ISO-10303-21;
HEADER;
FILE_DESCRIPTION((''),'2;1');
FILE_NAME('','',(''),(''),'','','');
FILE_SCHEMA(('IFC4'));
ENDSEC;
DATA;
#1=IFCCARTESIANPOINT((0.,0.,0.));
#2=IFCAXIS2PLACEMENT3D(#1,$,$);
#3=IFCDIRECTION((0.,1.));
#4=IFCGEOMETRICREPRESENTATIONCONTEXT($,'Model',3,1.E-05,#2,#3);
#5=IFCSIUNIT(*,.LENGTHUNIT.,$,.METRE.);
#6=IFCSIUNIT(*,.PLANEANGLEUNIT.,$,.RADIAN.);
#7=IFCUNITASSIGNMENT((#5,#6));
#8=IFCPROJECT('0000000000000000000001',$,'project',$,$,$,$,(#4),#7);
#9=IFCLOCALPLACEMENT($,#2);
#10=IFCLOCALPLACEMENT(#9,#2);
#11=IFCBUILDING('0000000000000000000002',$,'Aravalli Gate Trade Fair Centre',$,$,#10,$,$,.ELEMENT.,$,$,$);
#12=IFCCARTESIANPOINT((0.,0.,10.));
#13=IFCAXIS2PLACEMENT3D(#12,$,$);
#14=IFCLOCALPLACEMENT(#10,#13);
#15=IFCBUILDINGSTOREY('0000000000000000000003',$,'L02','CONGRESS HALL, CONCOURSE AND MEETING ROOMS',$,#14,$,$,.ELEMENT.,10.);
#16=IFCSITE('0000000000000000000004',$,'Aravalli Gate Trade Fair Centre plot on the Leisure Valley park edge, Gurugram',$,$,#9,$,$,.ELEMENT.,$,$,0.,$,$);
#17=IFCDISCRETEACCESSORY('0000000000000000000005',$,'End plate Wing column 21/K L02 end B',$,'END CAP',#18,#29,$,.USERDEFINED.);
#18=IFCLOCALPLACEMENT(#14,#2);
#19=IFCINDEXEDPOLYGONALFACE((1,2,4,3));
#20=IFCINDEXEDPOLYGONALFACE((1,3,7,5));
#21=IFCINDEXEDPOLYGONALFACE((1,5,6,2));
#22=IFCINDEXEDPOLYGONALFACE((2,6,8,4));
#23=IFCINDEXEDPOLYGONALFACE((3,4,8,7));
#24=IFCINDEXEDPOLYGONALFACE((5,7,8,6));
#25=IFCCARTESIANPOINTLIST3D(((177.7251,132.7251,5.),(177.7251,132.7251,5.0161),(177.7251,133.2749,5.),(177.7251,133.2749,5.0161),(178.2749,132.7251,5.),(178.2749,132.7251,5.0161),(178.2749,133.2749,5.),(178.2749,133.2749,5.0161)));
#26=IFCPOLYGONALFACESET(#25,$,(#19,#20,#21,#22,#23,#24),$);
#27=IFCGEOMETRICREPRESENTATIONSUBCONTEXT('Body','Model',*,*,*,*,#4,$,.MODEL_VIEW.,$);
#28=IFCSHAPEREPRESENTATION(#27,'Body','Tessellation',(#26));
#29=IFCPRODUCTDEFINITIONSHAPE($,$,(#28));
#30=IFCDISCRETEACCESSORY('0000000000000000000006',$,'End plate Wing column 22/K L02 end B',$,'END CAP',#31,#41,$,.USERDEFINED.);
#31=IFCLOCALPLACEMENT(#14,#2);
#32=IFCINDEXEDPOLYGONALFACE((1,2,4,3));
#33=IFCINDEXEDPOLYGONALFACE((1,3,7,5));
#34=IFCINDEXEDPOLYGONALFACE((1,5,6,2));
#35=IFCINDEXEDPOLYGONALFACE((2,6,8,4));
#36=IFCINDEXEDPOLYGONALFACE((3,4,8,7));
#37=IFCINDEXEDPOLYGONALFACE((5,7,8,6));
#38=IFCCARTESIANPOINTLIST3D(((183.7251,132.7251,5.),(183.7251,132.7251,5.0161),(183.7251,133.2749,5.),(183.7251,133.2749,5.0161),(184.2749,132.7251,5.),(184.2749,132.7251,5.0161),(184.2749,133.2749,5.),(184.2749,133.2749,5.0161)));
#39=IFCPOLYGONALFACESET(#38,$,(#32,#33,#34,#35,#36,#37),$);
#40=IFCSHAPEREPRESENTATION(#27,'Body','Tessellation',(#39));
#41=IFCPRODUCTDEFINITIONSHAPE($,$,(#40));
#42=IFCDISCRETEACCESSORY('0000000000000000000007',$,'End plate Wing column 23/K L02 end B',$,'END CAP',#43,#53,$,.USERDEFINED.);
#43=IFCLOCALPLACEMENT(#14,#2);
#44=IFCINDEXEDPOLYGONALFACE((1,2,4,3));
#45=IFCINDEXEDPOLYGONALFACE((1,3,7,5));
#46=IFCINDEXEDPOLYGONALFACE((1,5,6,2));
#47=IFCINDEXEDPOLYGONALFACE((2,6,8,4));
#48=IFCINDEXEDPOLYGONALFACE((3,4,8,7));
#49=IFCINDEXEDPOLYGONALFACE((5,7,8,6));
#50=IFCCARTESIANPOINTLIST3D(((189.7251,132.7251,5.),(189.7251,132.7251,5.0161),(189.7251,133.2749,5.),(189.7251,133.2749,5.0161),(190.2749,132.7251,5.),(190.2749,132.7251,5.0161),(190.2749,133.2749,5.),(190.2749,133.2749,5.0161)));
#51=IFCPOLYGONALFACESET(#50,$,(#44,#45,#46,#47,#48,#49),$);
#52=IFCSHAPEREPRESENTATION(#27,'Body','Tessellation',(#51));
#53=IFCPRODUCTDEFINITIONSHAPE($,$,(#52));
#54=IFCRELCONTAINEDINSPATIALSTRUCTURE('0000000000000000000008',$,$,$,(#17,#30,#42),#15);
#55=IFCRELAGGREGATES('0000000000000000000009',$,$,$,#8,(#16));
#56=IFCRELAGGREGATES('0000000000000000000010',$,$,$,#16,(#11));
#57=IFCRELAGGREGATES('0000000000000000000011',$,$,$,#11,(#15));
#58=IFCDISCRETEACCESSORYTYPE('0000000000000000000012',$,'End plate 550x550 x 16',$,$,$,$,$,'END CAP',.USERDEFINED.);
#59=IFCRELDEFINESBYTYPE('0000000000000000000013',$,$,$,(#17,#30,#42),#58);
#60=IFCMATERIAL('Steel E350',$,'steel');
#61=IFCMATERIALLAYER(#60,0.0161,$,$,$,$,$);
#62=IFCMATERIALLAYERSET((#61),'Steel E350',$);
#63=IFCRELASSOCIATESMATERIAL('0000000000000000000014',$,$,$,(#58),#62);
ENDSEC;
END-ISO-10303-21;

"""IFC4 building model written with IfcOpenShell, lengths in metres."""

from ifc_helpers import new_model, si_unit, direction, frame, origin, place, context, subcontext, project, spatial, polyline, outline, extrude, material, layer, layer_set, type_object, element, save


model = new_model("IFC4")

# Units and contexts
model_context = context("Model", 3, precision=1e-05, world=origin(), true_north=direction((0.0, 1.0)))
body_context = subcontext(model_context, "Body", "Model", "MODEL_VIEW")
ifc_project = project(units=[si_unit("LENGTHUNIT", "METRE"), si_unit("PLANEANGLEUNIT", "RADIAN")], contexts=[model_context])

# Site, building, storey
site_placement = place(None, origin())
site = spatial("IfcSite", under=ifc_project, at=site_placement, Name="Aravalli Gate Trade Fair Centre plot on the Leisure Valley park edge, Gurugram", CompositionType="ELEMENT", RefElevation=0.0)
building_placement = place(site_placement, origin())
building = spatial("IfcBuilding", under=site, at=building_placement, Name="Aravalli Gate Trade Fair Centre", CompositionType="ELEMENT")
storey_placement = place(building_placement, frame((0.0, 0.0, 10.0)))
storey = spatial("IfcBuildingStorey", under=building, at=storey_placement, Name="L02", Description="CONGRESS HALL, CONCOURSE AND MEETING ROOMS", CompositionType="ELEMENT", Elevation=10.0)

# Shared definitions
ifc_material_1 = material(Name="Steel E350", Category="steel")

# Discrete accessories
ifc_layer_1 = layer(ifc_material_1, 0.0161)
ifc_layer_set_1 = layer_set([ifc_layer_1], Name="Steel E350")
discrete_accessory_type = type_object("IfcDiscreteAccessoryType", Name="End plate 550x550 x 16", ElementType="END CAP", PredefinedType="USERDEFINED", material=ifc_layer_set_1)
for number, where, z_axis, x_axis, name in (
    (1, (177.7251, 132.7251, 5.0161), (0.0, 0.0, 1.0), (1.0, 0.0, 0.0), "End plate Wing column 21/K L02 end B"),
    (2, (183.7251, 132.7251, 5.0161), (0.0, 0.0, 1.0), (1.0, 0.0, 0.0), "End plate Wing column 22/K L02 end B"),
    (3, (189.7251, 132.7251, 5.0161), (0.0, 0.0, 1.0), (1.0, 0.0, 0.0), "End plate Wing column 23/K L02 end B"),
):
    element("IfcDiscreteAccessory", number, at=place(storey_placement, frame(where, z_axis=z_axis, x_axis=x_axis)), inside=storey, type_object=discrete_accessory_type, Name=name, ObjectType="END CAP", PredefinedType="USERDEFINED", context=body_context, shape_type="SweptSolid", body=[
        extrude(outline(polyline([(0.0, 0.0), (0.5498, 0.0), (0.5498, 0.5498), (0.0, 0.5498), (0.0, 0.0)])), origin(), (0.0, 0.0, -1.0), 0.0161),
    ])

save(model, "model.ifc")
